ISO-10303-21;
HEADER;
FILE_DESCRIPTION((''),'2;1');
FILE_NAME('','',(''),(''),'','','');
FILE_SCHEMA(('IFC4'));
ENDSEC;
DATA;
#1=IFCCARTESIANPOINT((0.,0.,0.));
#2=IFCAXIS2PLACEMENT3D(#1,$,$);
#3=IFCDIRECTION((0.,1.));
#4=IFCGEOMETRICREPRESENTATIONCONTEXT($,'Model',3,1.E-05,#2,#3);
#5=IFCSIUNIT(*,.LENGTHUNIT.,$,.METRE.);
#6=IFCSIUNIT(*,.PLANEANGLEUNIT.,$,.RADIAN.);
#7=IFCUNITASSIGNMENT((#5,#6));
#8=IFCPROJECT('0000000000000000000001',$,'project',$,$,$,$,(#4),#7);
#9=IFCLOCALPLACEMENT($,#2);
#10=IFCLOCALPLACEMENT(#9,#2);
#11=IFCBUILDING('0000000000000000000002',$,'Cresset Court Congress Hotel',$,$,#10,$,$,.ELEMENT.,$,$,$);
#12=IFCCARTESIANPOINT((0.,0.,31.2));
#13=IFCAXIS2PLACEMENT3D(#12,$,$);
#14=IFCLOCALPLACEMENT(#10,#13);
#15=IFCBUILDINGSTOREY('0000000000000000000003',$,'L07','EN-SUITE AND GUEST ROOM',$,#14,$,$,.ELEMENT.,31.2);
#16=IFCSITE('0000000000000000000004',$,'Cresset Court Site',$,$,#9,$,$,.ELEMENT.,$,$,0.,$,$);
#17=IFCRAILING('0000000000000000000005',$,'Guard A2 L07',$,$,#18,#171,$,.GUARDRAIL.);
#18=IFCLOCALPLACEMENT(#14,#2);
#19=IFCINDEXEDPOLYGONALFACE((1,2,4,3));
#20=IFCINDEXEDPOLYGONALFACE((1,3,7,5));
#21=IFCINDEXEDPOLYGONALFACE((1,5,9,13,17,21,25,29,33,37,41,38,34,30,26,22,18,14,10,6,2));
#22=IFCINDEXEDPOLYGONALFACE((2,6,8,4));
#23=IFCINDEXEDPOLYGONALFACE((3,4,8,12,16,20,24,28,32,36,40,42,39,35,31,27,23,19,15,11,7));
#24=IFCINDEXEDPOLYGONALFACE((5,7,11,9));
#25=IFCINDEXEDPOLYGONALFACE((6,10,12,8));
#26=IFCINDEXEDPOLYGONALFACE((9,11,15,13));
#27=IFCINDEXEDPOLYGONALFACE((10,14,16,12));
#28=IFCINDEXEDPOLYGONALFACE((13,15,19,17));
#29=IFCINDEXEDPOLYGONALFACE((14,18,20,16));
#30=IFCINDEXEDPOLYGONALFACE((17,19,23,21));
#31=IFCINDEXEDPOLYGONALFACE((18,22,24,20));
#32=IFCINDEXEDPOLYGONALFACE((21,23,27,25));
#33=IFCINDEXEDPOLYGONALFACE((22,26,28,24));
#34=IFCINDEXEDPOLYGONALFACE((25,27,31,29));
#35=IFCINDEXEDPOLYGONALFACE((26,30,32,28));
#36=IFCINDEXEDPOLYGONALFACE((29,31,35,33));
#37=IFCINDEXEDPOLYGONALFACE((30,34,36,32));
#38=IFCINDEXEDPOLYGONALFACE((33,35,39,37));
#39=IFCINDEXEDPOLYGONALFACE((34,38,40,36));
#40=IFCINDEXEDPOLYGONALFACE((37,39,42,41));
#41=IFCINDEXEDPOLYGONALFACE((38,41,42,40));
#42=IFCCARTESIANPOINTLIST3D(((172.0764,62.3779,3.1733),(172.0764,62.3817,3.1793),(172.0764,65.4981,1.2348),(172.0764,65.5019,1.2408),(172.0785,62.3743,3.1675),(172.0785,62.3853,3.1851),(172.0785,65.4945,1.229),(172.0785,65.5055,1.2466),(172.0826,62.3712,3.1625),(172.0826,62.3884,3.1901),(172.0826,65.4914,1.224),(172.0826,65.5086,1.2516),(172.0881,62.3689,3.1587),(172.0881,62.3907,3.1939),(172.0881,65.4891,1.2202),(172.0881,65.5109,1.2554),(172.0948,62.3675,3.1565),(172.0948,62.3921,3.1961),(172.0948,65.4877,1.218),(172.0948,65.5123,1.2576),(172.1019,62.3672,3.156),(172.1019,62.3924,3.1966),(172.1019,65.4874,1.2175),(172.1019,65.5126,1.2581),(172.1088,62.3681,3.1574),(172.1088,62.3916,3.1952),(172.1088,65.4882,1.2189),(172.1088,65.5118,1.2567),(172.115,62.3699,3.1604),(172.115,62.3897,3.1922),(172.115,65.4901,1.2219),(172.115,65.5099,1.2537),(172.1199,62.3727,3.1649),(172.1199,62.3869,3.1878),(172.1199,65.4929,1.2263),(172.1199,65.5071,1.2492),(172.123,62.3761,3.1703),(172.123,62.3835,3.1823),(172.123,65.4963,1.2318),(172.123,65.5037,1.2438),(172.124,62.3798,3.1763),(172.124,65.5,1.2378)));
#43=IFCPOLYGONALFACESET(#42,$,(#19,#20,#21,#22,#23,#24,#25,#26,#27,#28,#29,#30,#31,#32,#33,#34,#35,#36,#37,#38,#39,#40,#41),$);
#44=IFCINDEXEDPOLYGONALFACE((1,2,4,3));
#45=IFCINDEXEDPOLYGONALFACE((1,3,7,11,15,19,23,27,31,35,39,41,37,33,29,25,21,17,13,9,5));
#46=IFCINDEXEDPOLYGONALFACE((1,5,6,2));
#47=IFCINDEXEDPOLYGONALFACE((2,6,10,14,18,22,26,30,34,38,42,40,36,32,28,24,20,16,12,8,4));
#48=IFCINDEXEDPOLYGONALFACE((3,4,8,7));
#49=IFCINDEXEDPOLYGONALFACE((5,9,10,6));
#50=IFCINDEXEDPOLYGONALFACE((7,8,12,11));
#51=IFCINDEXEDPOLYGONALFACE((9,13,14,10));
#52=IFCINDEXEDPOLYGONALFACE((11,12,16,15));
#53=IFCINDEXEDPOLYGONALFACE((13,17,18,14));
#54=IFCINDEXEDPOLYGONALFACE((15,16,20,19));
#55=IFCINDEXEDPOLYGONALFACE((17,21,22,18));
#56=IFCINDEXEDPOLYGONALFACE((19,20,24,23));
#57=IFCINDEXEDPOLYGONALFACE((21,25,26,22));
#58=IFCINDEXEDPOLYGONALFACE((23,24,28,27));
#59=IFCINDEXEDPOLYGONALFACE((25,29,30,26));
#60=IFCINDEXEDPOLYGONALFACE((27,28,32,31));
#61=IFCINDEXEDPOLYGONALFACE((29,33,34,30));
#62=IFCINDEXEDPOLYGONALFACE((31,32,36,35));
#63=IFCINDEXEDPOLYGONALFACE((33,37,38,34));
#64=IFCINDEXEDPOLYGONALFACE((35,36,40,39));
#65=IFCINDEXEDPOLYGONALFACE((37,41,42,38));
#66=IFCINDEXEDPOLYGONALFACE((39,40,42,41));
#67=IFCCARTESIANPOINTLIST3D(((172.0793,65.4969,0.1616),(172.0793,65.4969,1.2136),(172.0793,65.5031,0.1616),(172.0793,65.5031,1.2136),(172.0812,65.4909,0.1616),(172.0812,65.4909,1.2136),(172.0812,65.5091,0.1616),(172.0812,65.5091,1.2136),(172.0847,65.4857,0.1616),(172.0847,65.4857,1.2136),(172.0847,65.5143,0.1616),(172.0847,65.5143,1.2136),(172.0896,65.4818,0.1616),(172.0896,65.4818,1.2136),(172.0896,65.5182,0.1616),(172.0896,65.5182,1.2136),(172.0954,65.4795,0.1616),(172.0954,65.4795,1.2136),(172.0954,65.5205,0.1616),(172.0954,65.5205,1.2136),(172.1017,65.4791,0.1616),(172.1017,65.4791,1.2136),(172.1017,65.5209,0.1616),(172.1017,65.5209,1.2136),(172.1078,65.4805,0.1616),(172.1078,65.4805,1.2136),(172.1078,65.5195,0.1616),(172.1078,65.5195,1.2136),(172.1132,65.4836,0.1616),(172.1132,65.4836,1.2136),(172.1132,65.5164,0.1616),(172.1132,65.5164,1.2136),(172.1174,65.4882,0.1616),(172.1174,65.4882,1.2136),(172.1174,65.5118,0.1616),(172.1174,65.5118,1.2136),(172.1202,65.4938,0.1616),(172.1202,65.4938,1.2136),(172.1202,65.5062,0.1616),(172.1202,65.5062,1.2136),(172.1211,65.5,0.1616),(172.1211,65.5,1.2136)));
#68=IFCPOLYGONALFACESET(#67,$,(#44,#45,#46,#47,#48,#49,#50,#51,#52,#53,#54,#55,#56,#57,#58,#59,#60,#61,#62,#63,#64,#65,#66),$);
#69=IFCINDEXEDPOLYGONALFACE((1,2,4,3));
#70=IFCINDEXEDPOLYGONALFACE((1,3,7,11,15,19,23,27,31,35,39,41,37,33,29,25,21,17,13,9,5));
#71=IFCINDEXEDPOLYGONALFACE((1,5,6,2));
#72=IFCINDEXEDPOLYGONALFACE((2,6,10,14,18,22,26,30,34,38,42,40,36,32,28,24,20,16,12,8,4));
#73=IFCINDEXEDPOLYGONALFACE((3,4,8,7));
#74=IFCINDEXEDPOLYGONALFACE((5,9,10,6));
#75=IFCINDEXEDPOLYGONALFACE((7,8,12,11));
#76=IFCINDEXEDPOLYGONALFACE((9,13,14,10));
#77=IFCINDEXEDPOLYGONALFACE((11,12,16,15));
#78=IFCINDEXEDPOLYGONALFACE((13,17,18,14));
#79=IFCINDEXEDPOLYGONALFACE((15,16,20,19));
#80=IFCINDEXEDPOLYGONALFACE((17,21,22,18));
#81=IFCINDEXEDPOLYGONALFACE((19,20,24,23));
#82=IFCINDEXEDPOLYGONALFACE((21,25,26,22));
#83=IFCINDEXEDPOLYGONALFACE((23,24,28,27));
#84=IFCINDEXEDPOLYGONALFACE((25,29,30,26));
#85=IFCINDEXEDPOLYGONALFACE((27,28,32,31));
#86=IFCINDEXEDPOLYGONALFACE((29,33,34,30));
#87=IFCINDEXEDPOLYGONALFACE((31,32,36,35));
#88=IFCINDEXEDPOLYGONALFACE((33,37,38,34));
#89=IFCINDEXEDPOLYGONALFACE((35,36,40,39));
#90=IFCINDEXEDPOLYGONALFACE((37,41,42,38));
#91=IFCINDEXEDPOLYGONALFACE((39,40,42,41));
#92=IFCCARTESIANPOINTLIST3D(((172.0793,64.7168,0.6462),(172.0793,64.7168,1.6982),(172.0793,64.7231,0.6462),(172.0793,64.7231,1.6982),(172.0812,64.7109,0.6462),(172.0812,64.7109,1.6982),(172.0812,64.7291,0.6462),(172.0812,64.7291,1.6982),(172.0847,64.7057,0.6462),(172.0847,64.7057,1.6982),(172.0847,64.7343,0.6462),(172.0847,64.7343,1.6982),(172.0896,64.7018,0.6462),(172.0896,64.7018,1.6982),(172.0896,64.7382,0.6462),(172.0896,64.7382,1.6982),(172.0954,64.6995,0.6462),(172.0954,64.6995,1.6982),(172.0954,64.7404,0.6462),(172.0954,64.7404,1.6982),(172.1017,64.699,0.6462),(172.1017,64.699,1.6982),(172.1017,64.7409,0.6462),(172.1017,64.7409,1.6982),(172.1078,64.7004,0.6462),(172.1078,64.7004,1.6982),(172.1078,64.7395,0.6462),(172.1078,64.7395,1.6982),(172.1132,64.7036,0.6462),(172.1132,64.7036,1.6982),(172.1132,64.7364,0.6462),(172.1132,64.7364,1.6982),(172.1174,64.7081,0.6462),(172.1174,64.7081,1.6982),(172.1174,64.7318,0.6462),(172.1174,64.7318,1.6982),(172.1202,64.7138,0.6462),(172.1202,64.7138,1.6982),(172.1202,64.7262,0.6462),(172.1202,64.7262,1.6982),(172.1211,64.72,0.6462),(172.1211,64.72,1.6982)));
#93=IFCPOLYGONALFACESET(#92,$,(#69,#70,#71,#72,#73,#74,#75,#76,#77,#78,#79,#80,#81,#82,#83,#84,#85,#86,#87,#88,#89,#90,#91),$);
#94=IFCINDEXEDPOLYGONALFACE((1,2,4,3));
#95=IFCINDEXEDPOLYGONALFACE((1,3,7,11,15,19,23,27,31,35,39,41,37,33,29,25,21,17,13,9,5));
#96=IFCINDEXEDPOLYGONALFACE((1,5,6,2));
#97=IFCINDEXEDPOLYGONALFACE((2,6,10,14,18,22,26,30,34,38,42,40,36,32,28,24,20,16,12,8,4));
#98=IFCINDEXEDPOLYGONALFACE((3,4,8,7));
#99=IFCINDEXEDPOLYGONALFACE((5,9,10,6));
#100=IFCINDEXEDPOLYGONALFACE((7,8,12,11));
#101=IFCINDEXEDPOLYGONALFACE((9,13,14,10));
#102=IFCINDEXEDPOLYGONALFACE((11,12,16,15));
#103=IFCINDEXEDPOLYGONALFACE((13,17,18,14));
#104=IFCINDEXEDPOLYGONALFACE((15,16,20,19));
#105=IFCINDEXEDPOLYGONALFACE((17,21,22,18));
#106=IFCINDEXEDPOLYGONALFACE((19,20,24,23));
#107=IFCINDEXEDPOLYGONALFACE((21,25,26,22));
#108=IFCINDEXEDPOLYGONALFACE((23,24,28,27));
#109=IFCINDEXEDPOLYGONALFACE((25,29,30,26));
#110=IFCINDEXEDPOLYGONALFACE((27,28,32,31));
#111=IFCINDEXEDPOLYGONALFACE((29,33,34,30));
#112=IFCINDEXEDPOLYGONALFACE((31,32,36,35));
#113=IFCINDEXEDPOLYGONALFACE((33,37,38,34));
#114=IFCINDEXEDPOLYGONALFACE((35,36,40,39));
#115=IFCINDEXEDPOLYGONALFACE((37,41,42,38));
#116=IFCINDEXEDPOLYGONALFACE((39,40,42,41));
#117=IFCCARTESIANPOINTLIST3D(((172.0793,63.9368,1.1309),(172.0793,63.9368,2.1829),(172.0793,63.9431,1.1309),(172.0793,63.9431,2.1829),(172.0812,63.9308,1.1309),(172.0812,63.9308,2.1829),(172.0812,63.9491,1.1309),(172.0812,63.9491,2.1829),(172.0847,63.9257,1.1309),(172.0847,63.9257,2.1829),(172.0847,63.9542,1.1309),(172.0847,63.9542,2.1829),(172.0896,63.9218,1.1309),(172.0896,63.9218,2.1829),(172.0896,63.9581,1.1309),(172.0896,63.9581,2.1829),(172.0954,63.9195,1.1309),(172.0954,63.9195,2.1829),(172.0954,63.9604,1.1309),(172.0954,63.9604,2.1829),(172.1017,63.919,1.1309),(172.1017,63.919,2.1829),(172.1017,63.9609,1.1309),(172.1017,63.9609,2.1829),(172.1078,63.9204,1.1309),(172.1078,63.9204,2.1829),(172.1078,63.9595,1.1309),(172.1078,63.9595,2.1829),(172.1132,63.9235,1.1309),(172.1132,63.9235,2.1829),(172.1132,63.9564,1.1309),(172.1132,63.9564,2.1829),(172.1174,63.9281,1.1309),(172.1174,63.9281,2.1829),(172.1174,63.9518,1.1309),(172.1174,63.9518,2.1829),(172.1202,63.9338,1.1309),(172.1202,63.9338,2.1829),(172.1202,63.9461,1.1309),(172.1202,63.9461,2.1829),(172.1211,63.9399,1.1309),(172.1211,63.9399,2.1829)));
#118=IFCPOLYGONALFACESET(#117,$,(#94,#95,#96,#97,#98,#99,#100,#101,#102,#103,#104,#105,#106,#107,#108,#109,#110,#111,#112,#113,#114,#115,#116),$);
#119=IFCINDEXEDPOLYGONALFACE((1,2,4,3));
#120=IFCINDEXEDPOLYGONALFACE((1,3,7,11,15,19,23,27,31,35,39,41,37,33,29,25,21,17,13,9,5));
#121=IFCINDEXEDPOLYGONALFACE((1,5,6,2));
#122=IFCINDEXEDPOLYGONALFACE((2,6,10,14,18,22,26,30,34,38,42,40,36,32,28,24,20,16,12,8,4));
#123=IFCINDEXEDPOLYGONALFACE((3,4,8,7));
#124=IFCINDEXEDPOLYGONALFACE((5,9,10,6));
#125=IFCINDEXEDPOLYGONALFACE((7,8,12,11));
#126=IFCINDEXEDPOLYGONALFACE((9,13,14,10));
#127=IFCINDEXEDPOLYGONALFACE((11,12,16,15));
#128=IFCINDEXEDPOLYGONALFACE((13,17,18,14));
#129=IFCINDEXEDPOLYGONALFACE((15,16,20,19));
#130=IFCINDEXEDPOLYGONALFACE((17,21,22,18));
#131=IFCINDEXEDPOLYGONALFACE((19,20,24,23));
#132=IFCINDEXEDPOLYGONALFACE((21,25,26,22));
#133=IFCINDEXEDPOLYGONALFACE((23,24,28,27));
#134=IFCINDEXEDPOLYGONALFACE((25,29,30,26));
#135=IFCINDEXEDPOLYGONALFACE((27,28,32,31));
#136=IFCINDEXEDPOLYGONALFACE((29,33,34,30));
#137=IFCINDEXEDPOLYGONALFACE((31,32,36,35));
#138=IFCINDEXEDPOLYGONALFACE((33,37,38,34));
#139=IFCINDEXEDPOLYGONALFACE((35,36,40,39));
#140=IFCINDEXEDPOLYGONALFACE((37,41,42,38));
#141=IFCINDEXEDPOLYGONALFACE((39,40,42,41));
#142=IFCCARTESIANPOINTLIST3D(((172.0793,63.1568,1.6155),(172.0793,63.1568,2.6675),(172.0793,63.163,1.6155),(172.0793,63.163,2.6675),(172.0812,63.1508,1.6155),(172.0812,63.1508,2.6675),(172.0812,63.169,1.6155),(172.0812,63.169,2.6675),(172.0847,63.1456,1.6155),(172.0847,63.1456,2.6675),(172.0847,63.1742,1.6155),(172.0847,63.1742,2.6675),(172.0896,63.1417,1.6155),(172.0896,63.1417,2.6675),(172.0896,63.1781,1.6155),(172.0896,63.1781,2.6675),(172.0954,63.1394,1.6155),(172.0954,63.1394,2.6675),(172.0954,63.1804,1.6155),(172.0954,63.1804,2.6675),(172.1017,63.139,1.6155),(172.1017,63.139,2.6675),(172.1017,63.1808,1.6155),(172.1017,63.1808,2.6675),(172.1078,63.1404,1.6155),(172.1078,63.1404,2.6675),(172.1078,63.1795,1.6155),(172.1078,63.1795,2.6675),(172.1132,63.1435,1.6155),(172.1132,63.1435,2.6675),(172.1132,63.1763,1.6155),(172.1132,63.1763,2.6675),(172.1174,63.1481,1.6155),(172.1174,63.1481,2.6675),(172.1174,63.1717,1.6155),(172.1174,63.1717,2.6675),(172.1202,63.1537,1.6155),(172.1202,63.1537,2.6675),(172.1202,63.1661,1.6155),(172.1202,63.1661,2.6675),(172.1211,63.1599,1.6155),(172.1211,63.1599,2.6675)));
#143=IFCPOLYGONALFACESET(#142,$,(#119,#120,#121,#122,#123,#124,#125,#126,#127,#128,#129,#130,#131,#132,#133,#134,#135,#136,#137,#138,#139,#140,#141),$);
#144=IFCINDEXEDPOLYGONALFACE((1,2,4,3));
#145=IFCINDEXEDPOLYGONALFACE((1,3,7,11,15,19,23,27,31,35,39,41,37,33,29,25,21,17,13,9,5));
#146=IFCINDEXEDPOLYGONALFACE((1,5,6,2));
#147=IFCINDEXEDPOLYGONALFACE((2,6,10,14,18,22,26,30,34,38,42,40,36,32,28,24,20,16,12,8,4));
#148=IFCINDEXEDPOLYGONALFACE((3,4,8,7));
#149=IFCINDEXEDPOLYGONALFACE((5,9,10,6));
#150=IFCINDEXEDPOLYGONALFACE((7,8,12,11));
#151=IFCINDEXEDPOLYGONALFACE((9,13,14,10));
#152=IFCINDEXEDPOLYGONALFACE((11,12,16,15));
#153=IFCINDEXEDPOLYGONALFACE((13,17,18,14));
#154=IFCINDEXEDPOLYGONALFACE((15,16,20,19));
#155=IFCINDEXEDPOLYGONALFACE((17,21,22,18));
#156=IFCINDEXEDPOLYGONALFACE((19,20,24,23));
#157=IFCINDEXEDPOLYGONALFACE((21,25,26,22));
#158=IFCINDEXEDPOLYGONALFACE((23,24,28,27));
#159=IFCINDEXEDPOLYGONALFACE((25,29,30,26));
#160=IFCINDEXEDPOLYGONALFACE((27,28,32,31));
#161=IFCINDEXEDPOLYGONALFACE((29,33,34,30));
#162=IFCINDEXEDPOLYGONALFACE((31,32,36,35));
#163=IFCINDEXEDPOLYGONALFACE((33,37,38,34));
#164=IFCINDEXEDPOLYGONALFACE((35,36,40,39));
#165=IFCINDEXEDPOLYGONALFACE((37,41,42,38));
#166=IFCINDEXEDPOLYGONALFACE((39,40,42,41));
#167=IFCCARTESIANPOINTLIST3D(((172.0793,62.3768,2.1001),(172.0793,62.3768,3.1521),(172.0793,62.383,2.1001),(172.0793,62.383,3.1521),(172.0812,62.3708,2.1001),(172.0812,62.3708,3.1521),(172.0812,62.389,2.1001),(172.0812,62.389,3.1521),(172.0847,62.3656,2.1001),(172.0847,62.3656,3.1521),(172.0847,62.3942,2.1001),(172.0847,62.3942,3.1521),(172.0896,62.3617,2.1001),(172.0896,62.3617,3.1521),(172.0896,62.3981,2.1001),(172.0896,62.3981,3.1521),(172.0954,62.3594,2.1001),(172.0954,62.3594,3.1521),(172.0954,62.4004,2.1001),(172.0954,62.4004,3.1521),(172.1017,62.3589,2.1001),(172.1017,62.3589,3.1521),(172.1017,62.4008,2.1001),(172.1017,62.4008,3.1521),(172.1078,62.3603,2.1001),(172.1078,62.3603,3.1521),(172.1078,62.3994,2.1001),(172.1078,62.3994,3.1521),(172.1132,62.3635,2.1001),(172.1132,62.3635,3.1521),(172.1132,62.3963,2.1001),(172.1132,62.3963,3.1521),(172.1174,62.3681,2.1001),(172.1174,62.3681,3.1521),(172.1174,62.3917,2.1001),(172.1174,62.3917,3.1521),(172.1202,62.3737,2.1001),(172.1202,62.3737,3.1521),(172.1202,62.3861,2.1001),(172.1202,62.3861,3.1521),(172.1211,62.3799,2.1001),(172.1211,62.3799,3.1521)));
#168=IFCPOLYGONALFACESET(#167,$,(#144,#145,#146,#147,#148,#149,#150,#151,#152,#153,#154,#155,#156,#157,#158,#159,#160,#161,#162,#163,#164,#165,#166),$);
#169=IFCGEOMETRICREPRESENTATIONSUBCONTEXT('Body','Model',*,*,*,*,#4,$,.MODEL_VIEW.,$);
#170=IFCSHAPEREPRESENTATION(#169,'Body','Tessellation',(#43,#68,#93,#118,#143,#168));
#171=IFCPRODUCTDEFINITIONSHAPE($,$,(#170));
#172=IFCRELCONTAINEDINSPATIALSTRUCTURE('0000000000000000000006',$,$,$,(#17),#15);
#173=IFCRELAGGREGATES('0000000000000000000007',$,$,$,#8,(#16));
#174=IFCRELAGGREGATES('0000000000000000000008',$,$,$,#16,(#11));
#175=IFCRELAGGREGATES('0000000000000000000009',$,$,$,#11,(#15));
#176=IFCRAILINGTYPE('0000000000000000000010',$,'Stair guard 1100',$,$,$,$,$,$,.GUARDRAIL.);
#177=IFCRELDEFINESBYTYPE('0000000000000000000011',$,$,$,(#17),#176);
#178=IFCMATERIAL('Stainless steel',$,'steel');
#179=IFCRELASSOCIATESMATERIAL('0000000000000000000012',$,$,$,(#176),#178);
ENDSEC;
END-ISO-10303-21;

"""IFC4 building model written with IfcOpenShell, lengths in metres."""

from ifc_helpers import new_model, si_unit, direction, frame, origin, origin_2d, place, context, subcontext, project, spatial, circle, extrude, material, type_object, element, save


model = new_model("IFC4")

# Units and contexts
model_context = context("Model", 3, precision=1e-05, world=origin(), true_north=direction((0.0, 1.0)))
body_context = subcontext(model_context, "Body", "Model", "MODEL_VIEW")
ifc_project = project(units=[si_unit("LENGTHUNIT", "METRE"), si_unit("PLANEANGLEUNIT", "RADIAN")], contexts=[model_context])

# Site, building, storey
site_placement = place(None, origin())
site = spatial("IfcSite", under=ifc_project, at=site_placement, Name="Cresset Court Site", CompositionType="ELEMENT", RefElevation=0.0)
building_placement = place(site_placement, origin())
building = spatial("IfcBuilding", under=site, at=building_placement, Name="Cresset Court Congress Hotel", CompositionType="ELEMENT")
storey_placement = place(building_placement, frame((0.0, 0.0, 31.2)))
storey = spatial("IfcBuildingStorey", under=building, at=storey_placement, Name="L07", Description="EN-SUITE AND GUEST ROOM", CompositionType="ELEMENT", Elevation=31.2)

# Railing
ifc_material_1 = material(Name="Stainless steel", Category="steel")
railing_type_1 = type_object("IfcRailingType", Name="Stair guard 1100", PredefinedType="GUARDRAIL", material=ifc_material_1)
railing_1_placement = place(storey_placement, frame((172.1001, 65.5, 0.1616)))
element("IfcRailing", 1, at=railing_1_placement, inside=storey, type_object=railing_type_1, Name="Guard A2 L07", PredefinedType="GUARDRAIL", context=body_context, shape_type="SweptSolid", body=[
    extrude(circle(Radius=0.0239, at=origin_2d()), frame((0.0, 0.0, 1.0762), z_axis=(0.0, -0.849414, 0.527727), x_axis=(1.0, 0.0, 0.0)), (0.0, 0.0, 1.0), 3.6733),
    extrude(circle(Radius=0.021, at=origin_2d()), origin(), (0.0, 0.0, 1.0), 1.052),
    extrude(circle(Radius=0.021, at=origin_2d()), frame((0.0, -0.78, 0.4846)), (0.0, 0.0, 1.0), 1.052),
    extrude(circle(Radius=0.021, at=origin_2d()), frame((0.0, -1.5601, 0.9692)), (0.0, 0.0, 1.0), 1.052),
    extrude(circle(Radius=0.021, at=origin_2d()), frame((0.0, -2.3401, 1.4539)), (0.0, 0.0, 1.0), 1.052),
    extrude(circle(Radius=0.021, at=origin_2d()), frame((0.0, -3.1201, 1.9385)), (0.0, 0.0, 1.0), 1.052),
])

save(model, "model.ifc")
